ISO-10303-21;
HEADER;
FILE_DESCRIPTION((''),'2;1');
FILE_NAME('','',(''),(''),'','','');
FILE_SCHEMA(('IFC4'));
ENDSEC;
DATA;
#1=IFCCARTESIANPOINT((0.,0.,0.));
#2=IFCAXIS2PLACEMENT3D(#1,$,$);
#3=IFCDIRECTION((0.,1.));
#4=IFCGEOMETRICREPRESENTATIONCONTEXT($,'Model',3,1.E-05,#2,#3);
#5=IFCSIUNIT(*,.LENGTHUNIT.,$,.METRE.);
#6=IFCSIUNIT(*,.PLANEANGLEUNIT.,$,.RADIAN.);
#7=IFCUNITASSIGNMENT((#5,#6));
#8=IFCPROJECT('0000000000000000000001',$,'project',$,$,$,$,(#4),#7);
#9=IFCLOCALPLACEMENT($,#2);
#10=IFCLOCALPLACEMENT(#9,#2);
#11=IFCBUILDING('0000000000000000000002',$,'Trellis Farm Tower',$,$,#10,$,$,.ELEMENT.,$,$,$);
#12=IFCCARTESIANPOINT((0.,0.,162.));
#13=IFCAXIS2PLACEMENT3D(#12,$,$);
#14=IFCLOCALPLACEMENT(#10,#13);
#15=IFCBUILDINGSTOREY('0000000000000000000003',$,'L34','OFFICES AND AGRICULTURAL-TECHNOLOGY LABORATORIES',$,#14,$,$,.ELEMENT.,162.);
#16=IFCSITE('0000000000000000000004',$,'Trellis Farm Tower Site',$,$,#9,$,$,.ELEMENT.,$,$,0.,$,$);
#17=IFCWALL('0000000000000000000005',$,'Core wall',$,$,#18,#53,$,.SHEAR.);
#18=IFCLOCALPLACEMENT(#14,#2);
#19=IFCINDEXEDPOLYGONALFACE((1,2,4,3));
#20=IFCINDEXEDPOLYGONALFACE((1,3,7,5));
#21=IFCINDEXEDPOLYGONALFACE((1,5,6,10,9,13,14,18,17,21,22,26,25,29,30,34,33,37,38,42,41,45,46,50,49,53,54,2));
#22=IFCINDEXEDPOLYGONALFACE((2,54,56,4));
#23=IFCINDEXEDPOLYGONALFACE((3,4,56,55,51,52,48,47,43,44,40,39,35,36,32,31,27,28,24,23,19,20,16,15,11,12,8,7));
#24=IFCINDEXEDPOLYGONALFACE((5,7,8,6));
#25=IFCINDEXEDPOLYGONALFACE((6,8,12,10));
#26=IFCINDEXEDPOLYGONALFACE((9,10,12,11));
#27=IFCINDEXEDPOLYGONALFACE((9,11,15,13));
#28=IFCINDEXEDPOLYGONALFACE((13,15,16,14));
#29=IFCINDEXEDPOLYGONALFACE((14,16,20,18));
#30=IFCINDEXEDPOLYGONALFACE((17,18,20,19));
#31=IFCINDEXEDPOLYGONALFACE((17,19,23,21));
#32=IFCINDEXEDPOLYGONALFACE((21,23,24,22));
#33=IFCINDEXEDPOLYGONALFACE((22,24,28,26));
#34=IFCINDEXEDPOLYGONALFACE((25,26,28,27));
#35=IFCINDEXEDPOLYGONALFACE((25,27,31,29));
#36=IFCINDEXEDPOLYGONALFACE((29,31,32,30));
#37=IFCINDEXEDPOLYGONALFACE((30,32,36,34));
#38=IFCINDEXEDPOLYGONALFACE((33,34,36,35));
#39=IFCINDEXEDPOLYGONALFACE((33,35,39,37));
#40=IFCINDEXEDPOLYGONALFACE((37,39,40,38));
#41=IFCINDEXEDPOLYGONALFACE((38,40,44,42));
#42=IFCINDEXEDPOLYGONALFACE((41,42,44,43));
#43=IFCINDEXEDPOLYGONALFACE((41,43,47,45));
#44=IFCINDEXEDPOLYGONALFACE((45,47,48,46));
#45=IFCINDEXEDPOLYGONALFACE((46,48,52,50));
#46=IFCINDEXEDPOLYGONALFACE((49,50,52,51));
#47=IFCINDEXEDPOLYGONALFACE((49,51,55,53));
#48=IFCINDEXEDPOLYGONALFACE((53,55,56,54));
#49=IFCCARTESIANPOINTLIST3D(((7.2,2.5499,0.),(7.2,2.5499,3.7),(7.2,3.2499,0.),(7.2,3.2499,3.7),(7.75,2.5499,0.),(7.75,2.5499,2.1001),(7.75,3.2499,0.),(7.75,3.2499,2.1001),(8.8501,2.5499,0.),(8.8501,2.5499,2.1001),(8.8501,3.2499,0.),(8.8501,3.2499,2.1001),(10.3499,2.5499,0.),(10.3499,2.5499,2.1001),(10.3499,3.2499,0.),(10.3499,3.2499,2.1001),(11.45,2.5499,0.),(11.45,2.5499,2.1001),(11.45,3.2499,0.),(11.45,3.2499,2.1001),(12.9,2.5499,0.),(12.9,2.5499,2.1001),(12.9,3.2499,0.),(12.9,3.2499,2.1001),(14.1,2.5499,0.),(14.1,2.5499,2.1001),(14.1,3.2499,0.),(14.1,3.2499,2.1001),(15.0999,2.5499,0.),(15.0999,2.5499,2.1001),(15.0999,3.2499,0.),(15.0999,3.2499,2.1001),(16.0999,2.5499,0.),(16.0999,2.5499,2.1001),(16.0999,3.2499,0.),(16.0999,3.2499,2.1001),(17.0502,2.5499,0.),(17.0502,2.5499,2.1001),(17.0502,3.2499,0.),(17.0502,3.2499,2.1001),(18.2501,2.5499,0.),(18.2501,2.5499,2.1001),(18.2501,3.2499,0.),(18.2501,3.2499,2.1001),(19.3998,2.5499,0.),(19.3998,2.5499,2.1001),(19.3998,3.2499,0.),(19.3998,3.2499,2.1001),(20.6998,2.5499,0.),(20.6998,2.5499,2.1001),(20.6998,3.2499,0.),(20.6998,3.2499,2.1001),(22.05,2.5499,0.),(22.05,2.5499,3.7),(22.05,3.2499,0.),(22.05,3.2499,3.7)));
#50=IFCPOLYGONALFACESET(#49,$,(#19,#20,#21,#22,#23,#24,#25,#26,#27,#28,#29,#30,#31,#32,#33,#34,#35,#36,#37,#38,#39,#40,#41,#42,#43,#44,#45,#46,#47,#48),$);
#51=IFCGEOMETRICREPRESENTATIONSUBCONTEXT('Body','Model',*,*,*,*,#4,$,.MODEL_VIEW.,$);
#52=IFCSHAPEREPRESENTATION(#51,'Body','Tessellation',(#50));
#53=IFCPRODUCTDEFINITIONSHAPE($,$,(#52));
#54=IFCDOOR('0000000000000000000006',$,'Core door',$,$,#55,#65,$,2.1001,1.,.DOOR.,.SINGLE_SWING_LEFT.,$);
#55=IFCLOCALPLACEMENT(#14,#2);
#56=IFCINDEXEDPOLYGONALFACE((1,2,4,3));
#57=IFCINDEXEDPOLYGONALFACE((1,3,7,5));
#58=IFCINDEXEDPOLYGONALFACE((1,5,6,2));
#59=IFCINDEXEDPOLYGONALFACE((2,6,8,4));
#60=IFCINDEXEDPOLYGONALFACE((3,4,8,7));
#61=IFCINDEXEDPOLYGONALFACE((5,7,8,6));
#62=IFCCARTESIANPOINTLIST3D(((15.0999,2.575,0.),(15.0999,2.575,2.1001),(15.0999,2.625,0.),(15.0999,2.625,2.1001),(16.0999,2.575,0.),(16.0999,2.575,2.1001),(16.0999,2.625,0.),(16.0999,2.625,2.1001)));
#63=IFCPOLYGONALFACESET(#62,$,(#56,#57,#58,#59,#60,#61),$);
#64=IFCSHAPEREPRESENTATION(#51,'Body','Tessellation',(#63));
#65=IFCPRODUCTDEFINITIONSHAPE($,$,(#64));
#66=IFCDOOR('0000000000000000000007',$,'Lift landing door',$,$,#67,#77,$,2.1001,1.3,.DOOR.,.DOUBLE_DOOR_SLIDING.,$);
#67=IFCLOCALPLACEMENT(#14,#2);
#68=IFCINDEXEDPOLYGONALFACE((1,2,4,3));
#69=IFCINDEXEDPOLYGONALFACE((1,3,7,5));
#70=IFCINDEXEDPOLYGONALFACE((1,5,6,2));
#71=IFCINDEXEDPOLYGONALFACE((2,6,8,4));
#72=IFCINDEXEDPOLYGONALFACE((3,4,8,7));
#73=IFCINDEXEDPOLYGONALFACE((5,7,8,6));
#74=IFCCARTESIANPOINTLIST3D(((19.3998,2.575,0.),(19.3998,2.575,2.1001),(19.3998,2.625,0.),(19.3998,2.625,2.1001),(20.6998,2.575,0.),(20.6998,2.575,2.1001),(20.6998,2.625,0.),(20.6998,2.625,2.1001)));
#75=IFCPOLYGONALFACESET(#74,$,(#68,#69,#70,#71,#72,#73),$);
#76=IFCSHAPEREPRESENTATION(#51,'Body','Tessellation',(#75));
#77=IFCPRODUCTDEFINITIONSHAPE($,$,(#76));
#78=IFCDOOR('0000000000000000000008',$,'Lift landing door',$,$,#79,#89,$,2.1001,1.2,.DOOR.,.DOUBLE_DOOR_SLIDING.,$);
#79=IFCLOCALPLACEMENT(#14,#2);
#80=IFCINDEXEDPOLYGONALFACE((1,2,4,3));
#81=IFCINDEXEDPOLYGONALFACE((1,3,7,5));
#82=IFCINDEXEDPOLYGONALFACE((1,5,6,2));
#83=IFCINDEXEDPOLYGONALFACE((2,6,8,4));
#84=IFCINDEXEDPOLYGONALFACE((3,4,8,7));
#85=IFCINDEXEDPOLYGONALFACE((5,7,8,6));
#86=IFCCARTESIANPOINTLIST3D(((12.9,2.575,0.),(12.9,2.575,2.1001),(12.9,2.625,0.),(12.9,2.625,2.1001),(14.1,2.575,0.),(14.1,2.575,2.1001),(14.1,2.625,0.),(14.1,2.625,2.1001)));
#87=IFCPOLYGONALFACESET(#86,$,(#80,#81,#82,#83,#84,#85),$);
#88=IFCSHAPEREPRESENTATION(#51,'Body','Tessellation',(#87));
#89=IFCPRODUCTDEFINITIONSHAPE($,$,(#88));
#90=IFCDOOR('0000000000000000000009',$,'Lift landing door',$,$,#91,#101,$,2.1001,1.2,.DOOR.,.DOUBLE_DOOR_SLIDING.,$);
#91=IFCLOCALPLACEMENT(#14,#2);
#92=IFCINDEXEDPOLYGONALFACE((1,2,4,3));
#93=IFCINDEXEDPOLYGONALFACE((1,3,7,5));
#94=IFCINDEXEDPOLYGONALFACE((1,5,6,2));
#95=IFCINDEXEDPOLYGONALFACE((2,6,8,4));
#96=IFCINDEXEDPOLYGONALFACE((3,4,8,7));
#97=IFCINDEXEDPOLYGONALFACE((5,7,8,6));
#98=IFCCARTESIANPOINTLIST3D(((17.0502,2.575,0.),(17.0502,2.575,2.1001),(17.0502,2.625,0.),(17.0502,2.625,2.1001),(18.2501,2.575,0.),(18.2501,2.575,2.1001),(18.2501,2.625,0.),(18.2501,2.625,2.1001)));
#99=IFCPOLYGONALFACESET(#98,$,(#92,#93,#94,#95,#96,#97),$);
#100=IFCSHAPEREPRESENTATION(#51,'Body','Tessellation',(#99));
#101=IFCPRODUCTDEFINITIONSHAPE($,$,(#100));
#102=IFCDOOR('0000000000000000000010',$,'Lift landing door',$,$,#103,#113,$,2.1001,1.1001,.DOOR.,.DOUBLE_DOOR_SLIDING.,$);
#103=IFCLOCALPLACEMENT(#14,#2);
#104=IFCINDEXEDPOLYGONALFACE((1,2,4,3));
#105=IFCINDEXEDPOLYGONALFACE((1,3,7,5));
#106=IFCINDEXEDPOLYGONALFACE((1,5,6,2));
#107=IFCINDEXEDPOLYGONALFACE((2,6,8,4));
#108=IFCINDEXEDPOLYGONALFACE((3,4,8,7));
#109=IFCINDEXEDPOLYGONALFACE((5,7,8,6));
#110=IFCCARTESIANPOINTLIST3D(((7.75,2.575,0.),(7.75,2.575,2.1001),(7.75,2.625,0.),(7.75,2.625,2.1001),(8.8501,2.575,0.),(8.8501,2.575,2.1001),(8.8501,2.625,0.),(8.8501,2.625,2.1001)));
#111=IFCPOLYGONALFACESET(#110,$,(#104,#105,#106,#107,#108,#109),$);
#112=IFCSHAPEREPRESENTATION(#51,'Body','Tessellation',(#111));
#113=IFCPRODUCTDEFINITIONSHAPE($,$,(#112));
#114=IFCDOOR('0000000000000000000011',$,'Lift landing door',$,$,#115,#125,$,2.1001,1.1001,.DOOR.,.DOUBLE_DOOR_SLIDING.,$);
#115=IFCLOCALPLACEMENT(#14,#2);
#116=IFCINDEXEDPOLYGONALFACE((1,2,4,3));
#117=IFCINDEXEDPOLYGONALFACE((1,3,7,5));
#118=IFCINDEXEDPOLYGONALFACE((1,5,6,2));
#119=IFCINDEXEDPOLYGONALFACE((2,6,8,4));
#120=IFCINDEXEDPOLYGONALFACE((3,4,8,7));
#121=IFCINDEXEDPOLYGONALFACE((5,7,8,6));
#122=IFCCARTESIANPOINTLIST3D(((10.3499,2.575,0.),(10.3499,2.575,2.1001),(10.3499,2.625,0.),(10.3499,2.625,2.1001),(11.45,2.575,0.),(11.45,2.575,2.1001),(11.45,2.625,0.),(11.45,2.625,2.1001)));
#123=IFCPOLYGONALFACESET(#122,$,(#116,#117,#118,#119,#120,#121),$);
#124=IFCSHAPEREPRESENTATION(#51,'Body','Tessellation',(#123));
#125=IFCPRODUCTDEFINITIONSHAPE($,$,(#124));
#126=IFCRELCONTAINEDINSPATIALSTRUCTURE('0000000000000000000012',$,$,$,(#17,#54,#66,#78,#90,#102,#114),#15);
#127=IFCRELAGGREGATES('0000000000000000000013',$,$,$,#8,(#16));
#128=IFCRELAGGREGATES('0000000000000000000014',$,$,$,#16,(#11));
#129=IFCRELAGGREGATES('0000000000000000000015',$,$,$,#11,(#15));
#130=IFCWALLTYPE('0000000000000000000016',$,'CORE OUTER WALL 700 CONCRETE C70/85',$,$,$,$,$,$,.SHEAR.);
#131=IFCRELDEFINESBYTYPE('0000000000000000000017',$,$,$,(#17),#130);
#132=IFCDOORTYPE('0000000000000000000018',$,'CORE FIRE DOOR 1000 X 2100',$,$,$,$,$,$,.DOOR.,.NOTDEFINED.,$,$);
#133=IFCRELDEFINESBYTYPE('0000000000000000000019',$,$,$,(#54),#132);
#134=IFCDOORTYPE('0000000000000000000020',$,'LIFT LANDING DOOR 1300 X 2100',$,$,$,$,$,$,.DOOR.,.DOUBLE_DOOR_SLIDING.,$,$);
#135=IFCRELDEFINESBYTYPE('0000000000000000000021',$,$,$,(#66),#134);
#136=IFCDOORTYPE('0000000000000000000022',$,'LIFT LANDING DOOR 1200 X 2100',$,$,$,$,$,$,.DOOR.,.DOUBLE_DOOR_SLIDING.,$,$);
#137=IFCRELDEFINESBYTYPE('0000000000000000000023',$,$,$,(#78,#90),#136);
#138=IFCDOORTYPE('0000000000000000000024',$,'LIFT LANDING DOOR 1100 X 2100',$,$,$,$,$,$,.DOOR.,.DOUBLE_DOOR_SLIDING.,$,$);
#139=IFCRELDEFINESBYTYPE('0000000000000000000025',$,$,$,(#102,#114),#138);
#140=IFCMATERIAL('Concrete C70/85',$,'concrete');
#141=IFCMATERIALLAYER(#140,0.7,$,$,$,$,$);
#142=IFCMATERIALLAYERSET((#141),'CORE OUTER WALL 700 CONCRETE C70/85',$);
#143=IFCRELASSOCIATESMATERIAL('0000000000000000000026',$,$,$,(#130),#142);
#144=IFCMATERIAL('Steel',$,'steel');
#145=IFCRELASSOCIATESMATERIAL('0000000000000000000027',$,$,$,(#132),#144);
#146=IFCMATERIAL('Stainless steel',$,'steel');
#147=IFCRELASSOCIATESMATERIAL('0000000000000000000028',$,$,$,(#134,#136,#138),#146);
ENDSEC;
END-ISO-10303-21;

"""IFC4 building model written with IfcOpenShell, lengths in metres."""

from ifc_helpers import new_model, si_unit, direction, frame, frame_2d, origin, place, context, subcontext, project, spatial, rectangle, extrude, source, transform, mapped, material, layer, layer_set, type_object, element, fill, save


model = new_model("IFC4")

# Units and contexts
model_context = context("Model", 3, precision=1e-05, world=origin(), true_north=direction((0.0, 1.0)))
body_context = subcontext(model_context, "Body", "Model", "MODEL_VIEW")
ifc_project = project(units=[si_unit("LENGTHUNIT", "METRE"), si_unit("PLANEANGLEUNIT", "RADIAN")], contexts=[model_context])

# Site, building, storey
site_placement = place(None, origin())
site = spatial("IfcSite", under=ifc_project, at=site_placement, Name="Trellis Farm Tower Site", CompositionType="ELEMENT", RefElevation=0.0)
building_placement = place(site_placement, origin())
building = spatial("IfcBuilding", under=site, at=building_placement, Name="Trellis Farm Tower", CompositionType="ELEMENT")
storey_placement = place(building_placement, frame((0.0, 0.0, 162.0)))
storey = spatial("IfcBuildingStorey", under=building, at=storey_placement, Name="L34", Description="OFFICES AND AGRICULTURAL-TECHNOLOGY LABORATORIES", CompositionType="ELEMENT", Elevation=162.0)

# Shared definitions
ifc_material_1 = material(Name="Concrete C70/85", Category="concrete")

# Wall, openings, doors
ifc_layer_1 = layer(ifc_material_1, 0.7)
ifc_layer_set_1 = layer_set([ifc_layer_1], Name="CORE OUTER WALL 700 CONCRETE C70/85")
wall_type_1 = type_object("IfcWallType", Name="CORE OUTER WALL 700 CONCRETE C70/85", PredefinedType="SHEAR", material=ifc_layer_set_1)
shared_shape_1 = source(origin(), body_context, "Body", "SweptSolid", [
    extrude(rectangle(XDim=14.8501, YDim=0.7, at=frame_2d((7.425, 0.0))), origin(), (0.0, 0.0, 1.0), 3.7),
])
wall_1_placement = place(storey_placement, frame((7.2, 2.8999, 0.0), z_axis=(0.0, 0.0, 1.0), x_axis=(1.0, 0.0, 0.0)))
wall_1 = element("IfcWall", 1, at=wall_1_placement, inside=storey, type_object=wall_type_1, Name="Core wall", PredefinedType="SHEAR", context=body_context, shape_type="MappedRepresentation", body=[
    mapped(shared_shape_1, transform((0.0, 0.0, 0.0))),
])
shared_shape_2 = source(origin(), body_context, "Body", "SweptSolid", [
    extrude(rectangle(XDim=1.1001, YDim=2.1001, at=frame_2d((0.55, 1.05))), frame((0.0, 0.3601, 0.0), z_axis=(0.0, -1.0, 0.0), x_axis=(1.0, 0.0, 0.0)), (0.0, 0.0, 1.0), 0.7202),
])
opening_1_placement = place(wall_1_placement, frame((0.55, 0.0, 0.0)))
opening_1 = element("IfcOpeningElement", 2, at=opening_1_placement, cuts=wall_1, PredefinedType="OPENING", context=body_context, shape_type="MappedRepresentation", body=[
    mapped(shared_shape_2, transform((0.0, 0.0, 0.0))),
])
opening_2_placement = place(wall_1_placement, frame((3.1499, 0.0, 0.0)))
opening_2 = element("IfcOpeningElement", 3, at=opening_2_placement, cuts=wall_1, PredefinedType="OPENING", context=body_context, shape_type="MappedRepresentation", body=[
    mapped(shared_shape_2, transform((0.0, 0.0, 0.0))),
])
shared_shape_3 = source(origin(), body_context, "Body", "SweptSolid", [
    extrude(rectangle(XDim=1.2, YDim=2.1001, at=frame_2d((0.6001, 1.05))), frame((0.0, 0.3601, 0.0), z_axis=(0.0, -1.0, 0.0), x_axis=(1.0, 0.0, 0.0)), (0.0, 0.0, 1.0), 0.7202),
])
opening_3_placement = place(wall_1_placement, frame((5.7, 0.0, 0.0)))
opening_3 = element("IfcOpeningElement", 4, at=opening_3_placement, cuts=wall_1, PredefinedType="OPENING", context=body_context, shape_type="MappedRepresentation", body=[
    mapped(shared_shape_3, transform((0.0, 0.0, 0.0))),
])
shared_shape_4 = source(origin(), body_context, "Body", "SweptSolid", [
    extrude(rectangle(XDim=1.3, YDim=2.1001, at=frame_2d((0.6499, 1.05))), frame((0.0, 0.3601, 0.0), z_axis=(0.0, -1.0, 0.0), x_axis=(1.0, 0.0, 0.0)), (0.0, 0.0, 1.0), 0.7202),
])
opening_4_placement = place(wall_1_placement, frame((12.2, 0.0, 0.0)))
opening_4 = element("IfcOpeningElement", 5, at=opening_4_placement, cuts=wall_1, PredefinedType="OPENING", context=body_context, shape_type="MappedRepresentation", body=[
    mapped(shared_shape_4, transform((0.0, 0.0, 0.0))),
])
opening_5_placement = place(wall_1_placement, frame((9.8501, 0.0, 0.0)))
opening_5 = element("IfcOpeningElement", 6, at=opening_5_placement, cuts=wall_1, PredefinedType="OPENING", context=body_context, shape_type="MappedRepresentation", body=[
    mapped(shared_shape_3, transform((0.0, 0.0, 0.0))),
])
shared_shape_5 = source(origin(), body_context, "Body", "SweptSolid", [
    extrude(rectangle(XDim=1.0, YDim=2.1001, at=frame_2d((0.5, 1.05))), frame((0.0, 0.3601, 0.0), z_axis=(0.0, -1.0, 0.0), x_axis=(1.0, 0.0, 0.0)), (0.0, 0.0, 1.0), 0.7202),
])
opening_6_placement = place(wall_1_placement, frame((7.8999, 0.0, 0.0)))
opening_6 = element("IfcOpeningElement", 7, at=opening_6_placement, cuts=wall_1, PredefinedType="OPENING", context=body_context, shape_type="MappedRepresentation", body=[
    mapped(shared_shape_5, transform((0.0, 0.0, 0.0))),
])
ifc_material_2 = material(Name="Steel", Category="steel")
door_type_1 = type_object("IfcDoorType", Name="CORE FIRE DOOR 1000 X 2100", OperationType="NOTDEFINED", PredefinedType="DOOR", material=ifc_material_2)
shared_shape_6 = source(origin(), body_context, "Body", "SweptSolid", [
    extrude(rectangle(XDim=1.0, YDim=2.1001, at=frame_2d((0.5, 1.05))), frame((0.0, -0.2749, 0.0), z_axis=(0.0, -1.0, 0.0), x_axis=(1.0, 0.0, 0.0)), (0.0, 0.0, 1.0), 0.05),
])
door_1_placement = place(opening_6_placement, origin())
door_1 = element("IfcDoor", 8, at=door_1_placement, inside=storey, type_object=door_type_1, Name="Core door", OperationType="SINGLE_SWING_LEFT", OverallHeight=2.1001, OverallWidth=1.0, PredefinedType="DOOR", context=body_context, shape_type="MappedRepresentation", body=[
    mapped(shared_shape_6, transform((0.0, 0.0, 0.0))),
])
fill(opening_6, door_1)
ifc_material_3 = material(Name="Stainless steel", Category="steel")
door_type_2 = type_object("IfcDoorType", Name="LIFT LANDING DOOR 1300 X 2100", OperationType="DOUBLE_DOOR_SLIDING", PredefinedType="DOOR", material=ifc_material_3)
shared_shape_7 = source(origin(), body_context, "Body", "SweptSolid", [
    extrude(rectangle(XDim=1.3, YDim=2.1001, at=frame_2d((0.6499, 1.05))), frame((0.0, -0.2749, 0.0), z_axis=(0.0, -1.0, 0.0), x_axis=(1.0, 0.0, 0.0)), (0.0, 0.0, 1.0), 0.05),
])
door_2_placement = place(opening_4_placement, origin())
door_2 = element("IfcDoor", 9, at=door_2_placement, inside=storey, type_object=door_type_2, Name="Lift landing door", OperationType="DOUBLE_DOOR_SLIDING", OverallHeight=2.1001, OverallWidth=1.3, PredefinedType="DOOR", context=body_context, shape_type="MappedRepresentation", body=[
    mapped(shared_shape_7, transform((0.0, 0.0, 0.0))),
])
fill(opening_4, door_2)
door_type_3 = type_object("IfcDoorType", Name="LIFT LANDING DOOR 1200 X 2100", OperationType="DOUBLE_DOOR_SLIDING", PredefinedType="DOOR", material=ifc_material_3)
shared_shape_8 = source(origin(), body_context, "Body", "SweptSolid", [
    extrude(rectangle(XDim=1.2, YDim=2.1001, at=frame_2d((0.6001, 1.05))), frame((0.0, -0.2749, 0.0), z_axis=(0.0, -1.0, 0.0), x_axis=(1.0, 0.0, 0.0)), (0.0, 0.0, 1.0), 0.05),
])
door_3_placement = place(opening_3_placement, origin())
door_3 = element("IfcDoor", 10, at=door_3_placement, inside=storey, type_object=door_type_3, Name="Lift landing door", OperationType="DOUBLE_DOOR_SLIDING", OverallHeight=2.1001, OverallWidth=1.2, PredefinedType="DOOR", context=body_context, shape_type="MappedRepresentation", body=[
    mapped(shared_shape_8, transform((0.0, 0.0, 0.0))),
])
fill(opening_3, door_3)
door_4_placement = place(opening_5_placement, origin())
door_4 = element("IfcDoor", 11, at=door_4_placement, inside=storey, type_object=door_type_3, Name="Lift landing door", OperationType="DOUBLE_DOOR_SLIDING", OverallHeight=2.1001, OverallWidth=1.2, PredefinedType="DOOR", context=body_context, shape_type="MappedRepresentation", body=[
    mapped(shared_shape_8, transform((0.0, 0.0, 0.0))),
])
fill(opening_5, door_4)
door_type_4 = type_object("IfcDoorType", Name="LIFT LANDING DOOR 1100 X 2100", OperationType="DOUBLE_DOOR_SLIDING", PredefinedType="DOOR", material=ifc_material_3)
shared_shape_9 = source(origin(), body_context, "Body", "SweptSolid", [
    extrude(rectangle(XDim=1.1001, YDim=2.1001, at=frame_2d((0.55, 1.05))), frame((0.0, -0.2749, 0.0), z_axis=(0.0, -1.0, 0.0), x_axis=(1.0, 0.0, 0.0)), (0.0, 0.0, 1.0), 0.05),
])
door_5_placement = place(opening_1_placement, origin())
door_5 = element("IfcDoor", 12, at=door_5_placement, inside=storey, type_object=door_type_4, Name="Lift landing door", OperationType="DOUBLE_DOOR_SLIDING", OverallHeight=2.1001, OverallWidth=1.1001, PredefinedType="DOOR", context=body_context, shape_type="MappedRepresentation", body=[
    mapped(shared_shape_9, transform((0.0, 0.0, 0.0))),
])
fill(opening_1, door_5)
door_6_placement = place(opening_2_placement, origin())
door_6 = element("IfcDoor", 13, at=door_6_placement, inside=storey, type_object=door_type_4, Name="Lift landing door", OperationType="DOUBLE_DOOR_SLIDING", OverallHeight=2.1001, OverallWidth=1.1001, PredefinedType="DOOR", context=body_context, shape_type="MappedRepresentation", body=[
    mapped(shared_shape_9, transform((0.0, 0.0, 0.0))),
])
fill(opening_2, door_6)

save(model, "model.ifc")
